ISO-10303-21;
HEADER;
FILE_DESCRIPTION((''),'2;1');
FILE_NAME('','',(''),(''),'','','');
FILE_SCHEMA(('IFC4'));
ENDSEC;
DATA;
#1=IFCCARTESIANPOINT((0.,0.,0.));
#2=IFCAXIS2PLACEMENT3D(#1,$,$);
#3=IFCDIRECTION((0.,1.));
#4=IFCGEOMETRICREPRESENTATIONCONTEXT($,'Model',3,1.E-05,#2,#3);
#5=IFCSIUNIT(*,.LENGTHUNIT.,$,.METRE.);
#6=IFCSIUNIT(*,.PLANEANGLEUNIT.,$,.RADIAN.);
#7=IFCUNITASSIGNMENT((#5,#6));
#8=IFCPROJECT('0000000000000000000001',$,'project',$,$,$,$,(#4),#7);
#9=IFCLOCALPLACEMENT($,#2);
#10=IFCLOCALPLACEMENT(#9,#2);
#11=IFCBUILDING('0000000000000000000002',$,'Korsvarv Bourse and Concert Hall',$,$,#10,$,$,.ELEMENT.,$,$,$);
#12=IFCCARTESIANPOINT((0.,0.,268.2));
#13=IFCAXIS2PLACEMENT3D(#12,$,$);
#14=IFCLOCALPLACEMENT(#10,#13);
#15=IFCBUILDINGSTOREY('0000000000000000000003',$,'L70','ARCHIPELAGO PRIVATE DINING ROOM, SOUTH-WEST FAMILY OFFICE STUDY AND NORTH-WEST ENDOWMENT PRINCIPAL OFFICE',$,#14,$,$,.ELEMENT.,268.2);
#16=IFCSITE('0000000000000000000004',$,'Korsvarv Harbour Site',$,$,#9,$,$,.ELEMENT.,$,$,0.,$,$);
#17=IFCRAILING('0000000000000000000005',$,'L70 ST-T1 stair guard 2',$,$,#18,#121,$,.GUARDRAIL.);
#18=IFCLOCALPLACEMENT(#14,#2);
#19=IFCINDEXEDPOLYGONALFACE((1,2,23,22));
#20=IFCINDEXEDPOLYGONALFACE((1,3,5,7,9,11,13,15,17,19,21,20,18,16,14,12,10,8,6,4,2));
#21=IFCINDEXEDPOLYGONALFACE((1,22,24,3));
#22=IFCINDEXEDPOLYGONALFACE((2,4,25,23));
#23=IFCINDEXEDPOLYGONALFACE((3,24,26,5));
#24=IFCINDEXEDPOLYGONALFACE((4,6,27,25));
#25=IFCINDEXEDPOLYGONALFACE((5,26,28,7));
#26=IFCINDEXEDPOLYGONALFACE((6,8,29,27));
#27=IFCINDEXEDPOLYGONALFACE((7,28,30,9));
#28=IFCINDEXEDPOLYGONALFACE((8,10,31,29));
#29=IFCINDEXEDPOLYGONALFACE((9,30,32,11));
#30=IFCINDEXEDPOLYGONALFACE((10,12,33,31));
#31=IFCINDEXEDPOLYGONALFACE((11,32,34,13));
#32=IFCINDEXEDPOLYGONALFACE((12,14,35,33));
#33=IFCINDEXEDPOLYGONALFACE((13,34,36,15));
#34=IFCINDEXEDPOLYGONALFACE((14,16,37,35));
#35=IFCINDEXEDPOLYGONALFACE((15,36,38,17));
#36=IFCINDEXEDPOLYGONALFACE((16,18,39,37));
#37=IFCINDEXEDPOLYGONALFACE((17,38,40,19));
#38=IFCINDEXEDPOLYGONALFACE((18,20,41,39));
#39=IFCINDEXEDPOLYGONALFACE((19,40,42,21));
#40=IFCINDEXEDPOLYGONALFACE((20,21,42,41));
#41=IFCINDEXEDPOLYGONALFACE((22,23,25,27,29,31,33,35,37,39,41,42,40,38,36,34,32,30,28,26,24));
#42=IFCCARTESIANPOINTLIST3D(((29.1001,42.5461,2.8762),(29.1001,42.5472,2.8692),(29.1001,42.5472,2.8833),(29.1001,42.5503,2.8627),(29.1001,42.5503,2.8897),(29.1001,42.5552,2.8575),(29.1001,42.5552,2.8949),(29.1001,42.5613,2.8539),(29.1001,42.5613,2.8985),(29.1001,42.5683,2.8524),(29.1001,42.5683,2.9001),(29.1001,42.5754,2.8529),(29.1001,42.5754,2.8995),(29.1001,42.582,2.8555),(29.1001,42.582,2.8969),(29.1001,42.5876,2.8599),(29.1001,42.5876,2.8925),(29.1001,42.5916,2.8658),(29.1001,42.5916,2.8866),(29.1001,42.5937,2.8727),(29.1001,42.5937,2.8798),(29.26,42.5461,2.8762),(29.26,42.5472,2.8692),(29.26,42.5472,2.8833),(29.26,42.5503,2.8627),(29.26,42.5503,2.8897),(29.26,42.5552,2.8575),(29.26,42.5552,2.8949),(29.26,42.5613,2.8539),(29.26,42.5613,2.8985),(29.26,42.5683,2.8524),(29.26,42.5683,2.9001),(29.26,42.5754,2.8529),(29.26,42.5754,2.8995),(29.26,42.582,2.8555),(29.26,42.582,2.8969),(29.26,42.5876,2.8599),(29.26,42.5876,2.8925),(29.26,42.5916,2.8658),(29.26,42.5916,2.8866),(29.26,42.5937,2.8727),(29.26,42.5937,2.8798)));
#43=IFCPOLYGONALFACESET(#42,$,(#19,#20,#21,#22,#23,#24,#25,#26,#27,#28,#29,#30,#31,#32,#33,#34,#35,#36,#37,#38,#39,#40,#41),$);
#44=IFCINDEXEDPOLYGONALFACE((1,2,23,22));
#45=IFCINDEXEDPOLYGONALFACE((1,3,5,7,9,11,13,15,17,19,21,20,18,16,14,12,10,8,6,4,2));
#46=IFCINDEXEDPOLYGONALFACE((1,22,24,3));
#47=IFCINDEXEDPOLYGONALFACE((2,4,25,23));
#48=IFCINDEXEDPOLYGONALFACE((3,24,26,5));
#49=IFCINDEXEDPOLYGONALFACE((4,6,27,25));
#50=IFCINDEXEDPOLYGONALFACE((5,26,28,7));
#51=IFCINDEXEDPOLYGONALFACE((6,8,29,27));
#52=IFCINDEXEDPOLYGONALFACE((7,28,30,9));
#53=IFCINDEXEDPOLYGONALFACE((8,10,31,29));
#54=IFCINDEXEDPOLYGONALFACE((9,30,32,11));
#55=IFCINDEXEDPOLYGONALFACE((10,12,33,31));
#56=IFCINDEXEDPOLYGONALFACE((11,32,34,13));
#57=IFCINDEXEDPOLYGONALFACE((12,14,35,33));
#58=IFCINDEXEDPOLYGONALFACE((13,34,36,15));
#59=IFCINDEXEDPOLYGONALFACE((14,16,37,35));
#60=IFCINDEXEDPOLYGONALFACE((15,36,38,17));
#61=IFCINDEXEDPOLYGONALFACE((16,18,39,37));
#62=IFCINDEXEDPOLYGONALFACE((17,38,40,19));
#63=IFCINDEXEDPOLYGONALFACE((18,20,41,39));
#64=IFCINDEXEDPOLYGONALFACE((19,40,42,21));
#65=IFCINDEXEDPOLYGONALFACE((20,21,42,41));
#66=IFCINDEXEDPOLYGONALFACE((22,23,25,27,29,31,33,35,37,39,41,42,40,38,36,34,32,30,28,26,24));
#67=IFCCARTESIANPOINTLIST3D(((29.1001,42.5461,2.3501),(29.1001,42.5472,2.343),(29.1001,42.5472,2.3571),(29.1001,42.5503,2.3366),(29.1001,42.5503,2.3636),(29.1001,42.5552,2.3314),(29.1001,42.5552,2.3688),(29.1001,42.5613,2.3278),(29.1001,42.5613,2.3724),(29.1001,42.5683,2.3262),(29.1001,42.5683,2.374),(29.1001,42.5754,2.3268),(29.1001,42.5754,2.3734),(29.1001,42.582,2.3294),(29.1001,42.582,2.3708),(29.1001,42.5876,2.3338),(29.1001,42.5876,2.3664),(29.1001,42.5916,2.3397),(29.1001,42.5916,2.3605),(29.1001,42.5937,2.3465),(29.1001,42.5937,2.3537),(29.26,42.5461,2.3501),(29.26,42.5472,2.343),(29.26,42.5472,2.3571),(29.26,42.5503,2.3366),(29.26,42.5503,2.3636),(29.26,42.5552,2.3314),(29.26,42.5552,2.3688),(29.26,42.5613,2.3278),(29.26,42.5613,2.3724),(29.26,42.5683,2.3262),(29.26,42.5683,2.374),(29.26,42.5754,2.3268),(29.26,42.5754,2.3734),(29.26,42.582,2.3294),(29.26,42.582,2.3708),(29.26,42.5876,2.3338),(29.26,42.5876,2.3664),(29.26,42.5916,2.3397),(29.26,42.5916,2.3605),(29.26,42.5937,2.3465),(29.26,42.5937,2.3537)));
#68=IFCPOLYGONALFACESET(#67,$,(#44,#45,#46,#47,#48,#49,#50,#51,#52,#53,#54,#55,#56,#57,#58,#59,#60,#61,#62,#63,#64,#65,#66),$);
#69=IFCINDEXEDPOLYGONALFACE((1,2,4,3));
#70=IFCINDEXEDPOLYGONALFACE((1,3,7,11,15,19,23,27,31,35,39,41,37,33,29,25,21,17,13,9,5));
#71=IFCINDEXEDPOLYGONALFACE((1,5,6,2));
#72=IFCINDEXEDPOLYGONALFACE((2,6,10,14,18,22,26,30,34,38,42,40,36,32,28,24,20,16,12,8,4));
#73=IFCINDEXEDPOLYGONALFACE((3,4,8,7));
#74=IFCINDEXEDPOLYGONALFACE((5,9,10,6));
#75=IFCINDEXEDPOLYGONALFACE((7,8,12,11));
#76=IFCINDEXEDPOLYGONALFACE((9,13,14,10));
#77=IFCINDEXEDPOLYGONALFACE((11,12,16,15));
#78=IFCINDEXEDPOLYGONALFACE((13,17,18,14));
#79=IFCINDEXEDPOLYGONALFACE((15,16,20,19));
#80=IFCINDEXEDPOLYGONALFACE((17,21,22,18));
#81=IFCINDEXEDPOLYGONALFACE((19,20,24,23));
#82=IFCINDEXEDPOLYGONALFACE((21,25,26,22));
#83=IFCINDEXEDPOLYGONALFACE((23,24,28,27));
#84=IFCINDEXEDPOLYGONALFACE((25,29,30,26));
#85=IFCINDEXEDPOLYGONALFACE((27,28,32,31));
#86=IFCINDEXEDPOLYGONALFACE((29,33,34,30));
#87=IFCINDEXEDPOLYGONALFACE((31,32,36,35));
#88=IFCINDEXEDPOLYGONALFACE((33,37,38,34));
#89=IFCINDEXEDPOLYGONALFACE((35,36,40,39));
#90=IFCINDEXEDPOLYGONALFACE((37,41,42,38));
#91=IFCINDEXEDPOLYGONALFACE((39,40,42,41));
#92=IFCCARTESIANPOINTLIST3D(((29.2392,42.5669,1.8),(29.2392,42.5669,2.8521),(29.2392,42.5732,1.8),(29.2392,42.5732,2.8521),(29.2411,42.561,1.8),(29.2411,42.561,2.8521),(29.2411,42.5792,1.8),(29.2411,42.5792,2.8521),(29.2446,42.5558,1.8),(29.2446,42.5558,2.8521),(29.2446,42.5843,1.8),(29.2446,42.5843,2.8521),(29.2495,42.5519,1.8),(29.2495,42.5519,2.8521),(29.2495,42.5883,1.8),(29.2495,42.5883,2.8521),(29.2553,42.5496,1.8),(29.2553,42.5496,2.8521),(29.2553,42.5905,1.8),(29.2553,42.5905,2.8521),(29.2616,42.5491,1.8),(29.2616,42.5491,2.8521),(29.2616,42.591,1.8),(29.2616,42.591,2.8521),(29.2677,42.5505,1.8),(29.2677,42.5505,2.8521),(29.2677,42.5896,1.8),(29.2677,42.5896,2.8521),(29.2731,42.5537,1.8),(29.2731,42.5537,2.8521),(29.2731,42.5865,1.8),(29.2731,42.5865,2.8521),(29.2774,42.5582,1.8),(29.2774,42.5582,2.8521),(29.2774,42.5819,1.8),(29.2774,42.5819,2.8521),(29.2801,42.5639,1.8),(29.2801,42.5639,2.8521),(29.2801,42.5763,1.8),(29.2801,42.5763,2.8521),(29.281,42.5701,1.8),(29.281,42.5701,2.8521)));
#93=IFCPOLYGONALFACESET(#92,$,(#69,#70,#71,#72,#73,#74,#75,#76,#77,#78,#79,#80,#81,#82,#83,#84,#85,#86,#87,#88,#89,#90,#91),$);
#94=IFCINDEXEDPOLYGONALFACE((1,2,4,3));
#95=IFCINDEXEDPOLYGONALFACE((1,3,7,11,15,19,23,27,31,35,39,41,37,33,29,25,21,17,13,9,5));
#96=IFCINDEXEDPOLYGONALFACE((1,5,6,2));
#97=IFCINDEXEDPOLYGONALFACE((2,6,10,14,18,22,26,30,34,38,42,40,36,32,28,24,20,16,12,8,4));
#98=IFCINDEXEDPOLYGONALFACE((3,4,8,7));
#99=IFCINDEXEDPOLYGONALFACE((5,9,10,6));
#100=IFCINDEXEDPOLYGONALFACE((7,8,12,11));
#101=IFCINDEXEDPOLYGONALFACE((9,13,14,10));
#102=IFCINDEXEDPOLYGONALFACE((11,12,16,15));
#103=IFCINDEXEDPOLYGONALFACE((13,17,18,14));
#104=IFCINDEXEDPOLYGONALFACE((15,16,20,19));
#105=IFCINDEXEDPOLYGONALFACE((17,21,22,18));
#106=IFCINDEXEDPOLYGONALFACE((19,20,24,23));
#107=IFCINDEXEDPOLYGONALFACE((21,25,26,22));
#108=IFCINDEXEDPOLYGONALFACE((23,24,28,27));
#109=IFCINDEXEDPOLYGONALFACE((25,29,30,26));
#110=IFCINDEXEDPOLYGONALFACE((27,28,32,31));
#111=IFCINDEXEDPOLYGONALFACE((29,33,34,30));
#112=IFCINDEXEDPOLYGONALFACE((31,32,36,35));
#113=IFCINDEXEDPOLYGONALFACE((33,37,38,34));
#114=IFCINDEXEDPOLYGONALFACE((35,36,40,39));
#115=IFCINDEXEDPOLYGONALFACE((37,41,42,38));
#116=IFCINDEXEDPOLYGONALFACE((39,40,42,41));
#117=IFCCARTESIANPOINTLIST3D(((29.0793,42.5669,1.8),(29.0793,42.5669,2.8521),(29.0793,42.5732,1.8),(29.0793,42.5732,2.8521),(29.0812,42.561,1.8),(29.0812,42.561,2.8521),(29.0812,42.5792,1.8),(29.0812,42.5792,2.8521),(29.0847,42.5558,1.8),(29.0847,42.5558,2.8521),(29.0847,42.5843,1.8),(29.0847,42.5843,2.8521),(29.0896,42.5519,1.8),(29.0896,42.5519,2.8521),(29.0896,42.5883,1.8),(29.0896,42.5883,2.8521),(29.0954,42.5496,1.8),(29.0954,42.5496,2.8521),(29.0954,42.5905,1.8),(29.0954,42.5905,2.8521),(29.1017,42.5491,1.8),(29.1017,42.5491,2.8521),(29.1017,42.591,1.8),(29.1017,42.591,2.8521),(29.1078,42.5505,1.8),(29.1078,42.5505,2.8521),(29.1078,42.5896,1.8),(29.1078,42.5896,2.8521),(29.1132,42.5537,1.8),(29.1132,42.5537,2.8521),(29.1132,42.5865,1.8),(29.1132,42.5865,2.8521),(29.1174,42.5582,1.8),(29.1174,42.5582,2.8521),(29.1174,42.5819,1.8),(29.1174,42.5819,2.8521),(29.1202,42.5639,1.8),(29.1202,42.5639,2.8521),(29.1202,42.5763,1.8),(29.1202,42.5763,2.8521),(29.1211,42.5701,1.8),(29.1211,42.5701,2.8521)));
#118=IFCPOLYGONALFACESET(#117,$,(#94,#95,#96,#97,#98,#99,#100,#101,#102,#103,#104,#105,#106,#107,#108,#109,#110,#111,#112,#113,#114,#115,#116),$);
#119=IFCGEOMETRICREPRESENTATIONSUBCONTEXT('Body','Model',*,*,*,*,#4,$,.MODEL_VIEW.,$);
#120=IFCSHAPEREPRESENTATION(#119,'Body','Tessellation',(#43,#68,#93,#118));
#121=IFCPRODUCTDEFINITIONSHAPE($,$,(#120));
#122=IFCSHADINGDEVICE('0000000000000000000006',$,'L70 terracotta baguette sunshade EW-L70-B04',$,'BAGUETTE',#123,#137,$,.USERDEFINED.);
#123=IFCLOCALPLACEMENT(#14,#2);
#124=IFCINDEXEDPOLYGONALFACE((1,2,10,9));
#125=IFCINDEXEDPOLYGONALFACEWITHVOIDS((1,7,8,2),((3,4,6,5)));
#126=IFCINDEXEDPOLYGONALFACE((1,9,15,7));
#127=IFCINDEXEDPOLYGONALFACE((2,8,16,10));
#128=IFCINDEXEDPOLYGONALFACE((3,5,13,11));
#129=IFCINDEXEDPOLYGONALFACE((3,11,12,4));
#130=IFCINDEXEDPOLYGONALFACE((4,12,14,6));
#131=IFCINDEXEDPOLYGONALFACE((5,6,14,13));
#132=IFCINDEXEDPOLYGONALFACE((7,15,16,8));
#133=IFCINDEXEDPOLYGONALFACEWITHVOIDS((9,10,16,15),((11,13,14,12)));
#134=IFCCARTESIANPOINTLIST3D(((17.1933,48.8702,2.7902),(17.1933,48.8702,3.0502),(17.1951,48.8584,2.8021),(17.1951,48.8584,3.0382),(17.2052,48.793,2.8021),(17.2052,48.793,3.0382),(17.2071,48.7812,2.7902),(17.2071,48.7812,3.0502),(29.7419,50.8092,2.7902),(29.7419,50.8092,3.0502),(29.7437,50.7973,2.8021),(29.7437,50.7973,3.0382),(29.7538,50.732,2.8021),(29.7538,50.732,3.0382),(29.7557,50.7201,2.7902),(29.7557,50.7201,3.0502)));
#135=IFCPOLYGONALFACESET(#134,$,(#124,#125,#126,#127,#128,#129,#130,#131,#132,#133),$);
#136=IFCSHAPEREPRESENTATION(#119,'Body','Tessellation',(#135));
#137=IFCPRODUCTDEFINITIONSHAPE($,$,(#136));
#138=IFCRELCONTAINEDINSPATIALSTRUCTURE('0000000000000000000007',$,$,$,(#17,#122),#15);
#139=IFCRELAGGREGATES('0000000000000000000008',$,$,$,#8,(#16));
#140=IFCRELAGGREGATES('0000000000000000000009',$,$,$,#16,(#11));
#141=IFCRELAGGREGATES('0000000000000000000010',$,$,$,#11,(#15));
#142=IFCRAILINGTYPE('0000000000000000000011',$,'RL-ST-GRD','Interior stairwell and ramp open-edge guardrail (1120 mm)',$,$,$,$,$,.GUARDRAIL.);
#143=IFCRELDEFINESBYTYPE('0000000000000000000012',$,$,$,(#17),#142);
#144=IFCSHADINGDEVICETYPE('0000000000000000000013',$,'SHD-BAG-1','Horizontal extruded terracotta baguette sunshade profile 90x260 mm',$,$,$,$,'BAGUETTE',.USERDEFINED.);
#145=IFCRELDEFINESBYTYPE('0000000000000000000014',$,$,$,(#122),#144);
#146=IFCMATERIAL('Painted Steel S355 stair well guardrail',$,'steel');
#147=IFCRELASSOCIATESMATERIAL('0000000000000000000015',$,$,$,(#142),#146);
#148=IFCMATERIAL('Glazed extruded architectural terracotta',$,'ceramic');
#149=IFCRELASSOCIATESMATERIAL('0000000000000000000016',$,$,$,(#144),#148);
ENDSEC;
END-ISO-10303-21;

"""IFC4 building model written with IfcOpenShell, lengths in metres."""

from ifc_helpers import new_model, si_unit, direction, frame, origin, origin_2d, place, context, subcontext, project, spatial, hollow_rectangle, circle, extrude, source, transform, mapped, material, material_profile, profile_set, type_object, element, save


model = new_model("IFC4")

# Units and contexts
model_context = context("Model", 3, precision=1e-05, world=origin(), true_north=direction((0.0, 1.0)))
body_context = subcontext(model_context, "Body", "Model", "MODEL_VIEW")
ifc_project = project(units=[si_unit("LENGTHUNIT", "METRE"), si_unit("PLANEANGLEUNIT", "RADIAN")], contexts=[model_context])

# Site, building, storey
site_placement = place(None, origin())
site = spatial("IfcSite", under=ifc_project, at=site_placement, Name="Korsvarv Harbour Site", CompositionType="ELEMENT", RefElevation=0.0)
building_placement = place(site_placement, origin())
building = spatial("IfcBuilding", under=site, at=building_placement, Name="Korsvarv Bourse and Concert Hall", CompositionType="ELEMENT")
storey_placement = place(building_placement, frame((0.0, 0.0, 268.2)))
storey = spatial("IfcBuildingStorey", under=building, at=storey_placement, Name="L70", Description="ARCHIPELAGO PRIVATE DINING ROOM, SOUTH-WEST FAMILY OFFICE STUDY AND NORTH-WEST ENDOWMENT PRINCIPAL OFFICE", CompositionType="ELEMENT", Elevation=268.2)

# Railing
ifc_material_1 = material(Name="Painted Steel S355 stair well guardrail", Category="steel")
railing_type = type_object("IfcRailingType", Name="RL-ST-GRD", Description="Interior stairwell and ramp open-edge guardrail (1120 mm)", PredefinedType="GUARDRAIL", material=ifc_material_1)
railing_placement = place(storey_placement, frame((29.26, 42.5701, 1.8)))
element("IfcRailing", 1, at=railing_placement, inside=storey, type_object=railing_type, Name="L70 ST-T1 stair guard 2", PredefinedType="GUARDRAIL", context=body_context, shape_type="SweptSolid", body=[
    extrude(circle(Radius=0.0239, at=origin_2d()), frame((0.0, 0.0, 1.0762), z_axis=(-1.0, 0.0, 0.0), x_axis=(0.0, -1.0, 0.0)), (0.0, 0.0, 1.0), 0.1599),
    extrude(circle(Radius=0.0239, at=origin_2d()), frame((0.0, 0.0, 0.55), z_axis=(-1.0, 0.0, 0.0), x_axis=(0.0, -1.0, 0.0)), (0.0, 0.0, 1.0), 0.1599),
    extrude(circle(Radius=0.021, at=origin_2d()), origin(), (0.0, 0.0, 1.0), 1.052),
    extrude(circle(Radius=0.021, at=origin_2d()), frame((-0.1599, 0.0, 0.0)), (0.0, 0.0, 1.0), 1.052),
])

# Shading device
ifc_material_2 = material(Name="Glazed extruded architectural terracotta", Category="ceramic")
ifc_material_profile_1 = material_profile(ifc_material_2, hollow_rectangle(XDim=0.0901, YDim=0.26, WallThickness=0.012, at=origin_2d()), Name="TC-BAG 90x260")
ifc_profile_set_1 = profile_set([ifc_material_profile_1], Name="Glazed extruded architectural terracotta")
shading_device_type = type_object("IfcShadingDeviceType", Name="SHD-BAG-1", Description="Horizontal extruded terracotta baguette sunshade profile 90x260 mm", ElementType="BAGUETTE", PredefinedType="USERDEFINED", material=ifc_profile_set_1)
shared_shape_1 = source(origin(), body_context, "Body", "SweptSolid", [
    extrude(hollow_rectangle(XDim=0.0901, YDim=0.26, WallThickness=0.012, at=origin_2d()), origin(), (0.0, 0.0, 1.0), 12.6975),
])
shading_device_placement = place(storey_placement, frame((29.7488, 50.7646, 2.9202), z_axis=(-0.988272, -0.152704, 0.0), x_axis=(0.152704, -0.988272, 0.0)))
element("IfcShadingDevice", 2, at=shading_device_placement, inside=storey, type_object=shading_device_type, Name="L70 terracotta baguette sunshade EW-L70-B04", ObjectType="BAGUETTE", PredefinedType="USERDEFINED", context=body_context, shape_type="MappedRepresentation", body=[
    mapped(shared_shape_1, transform((0.0, 0.0, 0.0), scale=1.0)),
])

save(model, "model.ifc")
